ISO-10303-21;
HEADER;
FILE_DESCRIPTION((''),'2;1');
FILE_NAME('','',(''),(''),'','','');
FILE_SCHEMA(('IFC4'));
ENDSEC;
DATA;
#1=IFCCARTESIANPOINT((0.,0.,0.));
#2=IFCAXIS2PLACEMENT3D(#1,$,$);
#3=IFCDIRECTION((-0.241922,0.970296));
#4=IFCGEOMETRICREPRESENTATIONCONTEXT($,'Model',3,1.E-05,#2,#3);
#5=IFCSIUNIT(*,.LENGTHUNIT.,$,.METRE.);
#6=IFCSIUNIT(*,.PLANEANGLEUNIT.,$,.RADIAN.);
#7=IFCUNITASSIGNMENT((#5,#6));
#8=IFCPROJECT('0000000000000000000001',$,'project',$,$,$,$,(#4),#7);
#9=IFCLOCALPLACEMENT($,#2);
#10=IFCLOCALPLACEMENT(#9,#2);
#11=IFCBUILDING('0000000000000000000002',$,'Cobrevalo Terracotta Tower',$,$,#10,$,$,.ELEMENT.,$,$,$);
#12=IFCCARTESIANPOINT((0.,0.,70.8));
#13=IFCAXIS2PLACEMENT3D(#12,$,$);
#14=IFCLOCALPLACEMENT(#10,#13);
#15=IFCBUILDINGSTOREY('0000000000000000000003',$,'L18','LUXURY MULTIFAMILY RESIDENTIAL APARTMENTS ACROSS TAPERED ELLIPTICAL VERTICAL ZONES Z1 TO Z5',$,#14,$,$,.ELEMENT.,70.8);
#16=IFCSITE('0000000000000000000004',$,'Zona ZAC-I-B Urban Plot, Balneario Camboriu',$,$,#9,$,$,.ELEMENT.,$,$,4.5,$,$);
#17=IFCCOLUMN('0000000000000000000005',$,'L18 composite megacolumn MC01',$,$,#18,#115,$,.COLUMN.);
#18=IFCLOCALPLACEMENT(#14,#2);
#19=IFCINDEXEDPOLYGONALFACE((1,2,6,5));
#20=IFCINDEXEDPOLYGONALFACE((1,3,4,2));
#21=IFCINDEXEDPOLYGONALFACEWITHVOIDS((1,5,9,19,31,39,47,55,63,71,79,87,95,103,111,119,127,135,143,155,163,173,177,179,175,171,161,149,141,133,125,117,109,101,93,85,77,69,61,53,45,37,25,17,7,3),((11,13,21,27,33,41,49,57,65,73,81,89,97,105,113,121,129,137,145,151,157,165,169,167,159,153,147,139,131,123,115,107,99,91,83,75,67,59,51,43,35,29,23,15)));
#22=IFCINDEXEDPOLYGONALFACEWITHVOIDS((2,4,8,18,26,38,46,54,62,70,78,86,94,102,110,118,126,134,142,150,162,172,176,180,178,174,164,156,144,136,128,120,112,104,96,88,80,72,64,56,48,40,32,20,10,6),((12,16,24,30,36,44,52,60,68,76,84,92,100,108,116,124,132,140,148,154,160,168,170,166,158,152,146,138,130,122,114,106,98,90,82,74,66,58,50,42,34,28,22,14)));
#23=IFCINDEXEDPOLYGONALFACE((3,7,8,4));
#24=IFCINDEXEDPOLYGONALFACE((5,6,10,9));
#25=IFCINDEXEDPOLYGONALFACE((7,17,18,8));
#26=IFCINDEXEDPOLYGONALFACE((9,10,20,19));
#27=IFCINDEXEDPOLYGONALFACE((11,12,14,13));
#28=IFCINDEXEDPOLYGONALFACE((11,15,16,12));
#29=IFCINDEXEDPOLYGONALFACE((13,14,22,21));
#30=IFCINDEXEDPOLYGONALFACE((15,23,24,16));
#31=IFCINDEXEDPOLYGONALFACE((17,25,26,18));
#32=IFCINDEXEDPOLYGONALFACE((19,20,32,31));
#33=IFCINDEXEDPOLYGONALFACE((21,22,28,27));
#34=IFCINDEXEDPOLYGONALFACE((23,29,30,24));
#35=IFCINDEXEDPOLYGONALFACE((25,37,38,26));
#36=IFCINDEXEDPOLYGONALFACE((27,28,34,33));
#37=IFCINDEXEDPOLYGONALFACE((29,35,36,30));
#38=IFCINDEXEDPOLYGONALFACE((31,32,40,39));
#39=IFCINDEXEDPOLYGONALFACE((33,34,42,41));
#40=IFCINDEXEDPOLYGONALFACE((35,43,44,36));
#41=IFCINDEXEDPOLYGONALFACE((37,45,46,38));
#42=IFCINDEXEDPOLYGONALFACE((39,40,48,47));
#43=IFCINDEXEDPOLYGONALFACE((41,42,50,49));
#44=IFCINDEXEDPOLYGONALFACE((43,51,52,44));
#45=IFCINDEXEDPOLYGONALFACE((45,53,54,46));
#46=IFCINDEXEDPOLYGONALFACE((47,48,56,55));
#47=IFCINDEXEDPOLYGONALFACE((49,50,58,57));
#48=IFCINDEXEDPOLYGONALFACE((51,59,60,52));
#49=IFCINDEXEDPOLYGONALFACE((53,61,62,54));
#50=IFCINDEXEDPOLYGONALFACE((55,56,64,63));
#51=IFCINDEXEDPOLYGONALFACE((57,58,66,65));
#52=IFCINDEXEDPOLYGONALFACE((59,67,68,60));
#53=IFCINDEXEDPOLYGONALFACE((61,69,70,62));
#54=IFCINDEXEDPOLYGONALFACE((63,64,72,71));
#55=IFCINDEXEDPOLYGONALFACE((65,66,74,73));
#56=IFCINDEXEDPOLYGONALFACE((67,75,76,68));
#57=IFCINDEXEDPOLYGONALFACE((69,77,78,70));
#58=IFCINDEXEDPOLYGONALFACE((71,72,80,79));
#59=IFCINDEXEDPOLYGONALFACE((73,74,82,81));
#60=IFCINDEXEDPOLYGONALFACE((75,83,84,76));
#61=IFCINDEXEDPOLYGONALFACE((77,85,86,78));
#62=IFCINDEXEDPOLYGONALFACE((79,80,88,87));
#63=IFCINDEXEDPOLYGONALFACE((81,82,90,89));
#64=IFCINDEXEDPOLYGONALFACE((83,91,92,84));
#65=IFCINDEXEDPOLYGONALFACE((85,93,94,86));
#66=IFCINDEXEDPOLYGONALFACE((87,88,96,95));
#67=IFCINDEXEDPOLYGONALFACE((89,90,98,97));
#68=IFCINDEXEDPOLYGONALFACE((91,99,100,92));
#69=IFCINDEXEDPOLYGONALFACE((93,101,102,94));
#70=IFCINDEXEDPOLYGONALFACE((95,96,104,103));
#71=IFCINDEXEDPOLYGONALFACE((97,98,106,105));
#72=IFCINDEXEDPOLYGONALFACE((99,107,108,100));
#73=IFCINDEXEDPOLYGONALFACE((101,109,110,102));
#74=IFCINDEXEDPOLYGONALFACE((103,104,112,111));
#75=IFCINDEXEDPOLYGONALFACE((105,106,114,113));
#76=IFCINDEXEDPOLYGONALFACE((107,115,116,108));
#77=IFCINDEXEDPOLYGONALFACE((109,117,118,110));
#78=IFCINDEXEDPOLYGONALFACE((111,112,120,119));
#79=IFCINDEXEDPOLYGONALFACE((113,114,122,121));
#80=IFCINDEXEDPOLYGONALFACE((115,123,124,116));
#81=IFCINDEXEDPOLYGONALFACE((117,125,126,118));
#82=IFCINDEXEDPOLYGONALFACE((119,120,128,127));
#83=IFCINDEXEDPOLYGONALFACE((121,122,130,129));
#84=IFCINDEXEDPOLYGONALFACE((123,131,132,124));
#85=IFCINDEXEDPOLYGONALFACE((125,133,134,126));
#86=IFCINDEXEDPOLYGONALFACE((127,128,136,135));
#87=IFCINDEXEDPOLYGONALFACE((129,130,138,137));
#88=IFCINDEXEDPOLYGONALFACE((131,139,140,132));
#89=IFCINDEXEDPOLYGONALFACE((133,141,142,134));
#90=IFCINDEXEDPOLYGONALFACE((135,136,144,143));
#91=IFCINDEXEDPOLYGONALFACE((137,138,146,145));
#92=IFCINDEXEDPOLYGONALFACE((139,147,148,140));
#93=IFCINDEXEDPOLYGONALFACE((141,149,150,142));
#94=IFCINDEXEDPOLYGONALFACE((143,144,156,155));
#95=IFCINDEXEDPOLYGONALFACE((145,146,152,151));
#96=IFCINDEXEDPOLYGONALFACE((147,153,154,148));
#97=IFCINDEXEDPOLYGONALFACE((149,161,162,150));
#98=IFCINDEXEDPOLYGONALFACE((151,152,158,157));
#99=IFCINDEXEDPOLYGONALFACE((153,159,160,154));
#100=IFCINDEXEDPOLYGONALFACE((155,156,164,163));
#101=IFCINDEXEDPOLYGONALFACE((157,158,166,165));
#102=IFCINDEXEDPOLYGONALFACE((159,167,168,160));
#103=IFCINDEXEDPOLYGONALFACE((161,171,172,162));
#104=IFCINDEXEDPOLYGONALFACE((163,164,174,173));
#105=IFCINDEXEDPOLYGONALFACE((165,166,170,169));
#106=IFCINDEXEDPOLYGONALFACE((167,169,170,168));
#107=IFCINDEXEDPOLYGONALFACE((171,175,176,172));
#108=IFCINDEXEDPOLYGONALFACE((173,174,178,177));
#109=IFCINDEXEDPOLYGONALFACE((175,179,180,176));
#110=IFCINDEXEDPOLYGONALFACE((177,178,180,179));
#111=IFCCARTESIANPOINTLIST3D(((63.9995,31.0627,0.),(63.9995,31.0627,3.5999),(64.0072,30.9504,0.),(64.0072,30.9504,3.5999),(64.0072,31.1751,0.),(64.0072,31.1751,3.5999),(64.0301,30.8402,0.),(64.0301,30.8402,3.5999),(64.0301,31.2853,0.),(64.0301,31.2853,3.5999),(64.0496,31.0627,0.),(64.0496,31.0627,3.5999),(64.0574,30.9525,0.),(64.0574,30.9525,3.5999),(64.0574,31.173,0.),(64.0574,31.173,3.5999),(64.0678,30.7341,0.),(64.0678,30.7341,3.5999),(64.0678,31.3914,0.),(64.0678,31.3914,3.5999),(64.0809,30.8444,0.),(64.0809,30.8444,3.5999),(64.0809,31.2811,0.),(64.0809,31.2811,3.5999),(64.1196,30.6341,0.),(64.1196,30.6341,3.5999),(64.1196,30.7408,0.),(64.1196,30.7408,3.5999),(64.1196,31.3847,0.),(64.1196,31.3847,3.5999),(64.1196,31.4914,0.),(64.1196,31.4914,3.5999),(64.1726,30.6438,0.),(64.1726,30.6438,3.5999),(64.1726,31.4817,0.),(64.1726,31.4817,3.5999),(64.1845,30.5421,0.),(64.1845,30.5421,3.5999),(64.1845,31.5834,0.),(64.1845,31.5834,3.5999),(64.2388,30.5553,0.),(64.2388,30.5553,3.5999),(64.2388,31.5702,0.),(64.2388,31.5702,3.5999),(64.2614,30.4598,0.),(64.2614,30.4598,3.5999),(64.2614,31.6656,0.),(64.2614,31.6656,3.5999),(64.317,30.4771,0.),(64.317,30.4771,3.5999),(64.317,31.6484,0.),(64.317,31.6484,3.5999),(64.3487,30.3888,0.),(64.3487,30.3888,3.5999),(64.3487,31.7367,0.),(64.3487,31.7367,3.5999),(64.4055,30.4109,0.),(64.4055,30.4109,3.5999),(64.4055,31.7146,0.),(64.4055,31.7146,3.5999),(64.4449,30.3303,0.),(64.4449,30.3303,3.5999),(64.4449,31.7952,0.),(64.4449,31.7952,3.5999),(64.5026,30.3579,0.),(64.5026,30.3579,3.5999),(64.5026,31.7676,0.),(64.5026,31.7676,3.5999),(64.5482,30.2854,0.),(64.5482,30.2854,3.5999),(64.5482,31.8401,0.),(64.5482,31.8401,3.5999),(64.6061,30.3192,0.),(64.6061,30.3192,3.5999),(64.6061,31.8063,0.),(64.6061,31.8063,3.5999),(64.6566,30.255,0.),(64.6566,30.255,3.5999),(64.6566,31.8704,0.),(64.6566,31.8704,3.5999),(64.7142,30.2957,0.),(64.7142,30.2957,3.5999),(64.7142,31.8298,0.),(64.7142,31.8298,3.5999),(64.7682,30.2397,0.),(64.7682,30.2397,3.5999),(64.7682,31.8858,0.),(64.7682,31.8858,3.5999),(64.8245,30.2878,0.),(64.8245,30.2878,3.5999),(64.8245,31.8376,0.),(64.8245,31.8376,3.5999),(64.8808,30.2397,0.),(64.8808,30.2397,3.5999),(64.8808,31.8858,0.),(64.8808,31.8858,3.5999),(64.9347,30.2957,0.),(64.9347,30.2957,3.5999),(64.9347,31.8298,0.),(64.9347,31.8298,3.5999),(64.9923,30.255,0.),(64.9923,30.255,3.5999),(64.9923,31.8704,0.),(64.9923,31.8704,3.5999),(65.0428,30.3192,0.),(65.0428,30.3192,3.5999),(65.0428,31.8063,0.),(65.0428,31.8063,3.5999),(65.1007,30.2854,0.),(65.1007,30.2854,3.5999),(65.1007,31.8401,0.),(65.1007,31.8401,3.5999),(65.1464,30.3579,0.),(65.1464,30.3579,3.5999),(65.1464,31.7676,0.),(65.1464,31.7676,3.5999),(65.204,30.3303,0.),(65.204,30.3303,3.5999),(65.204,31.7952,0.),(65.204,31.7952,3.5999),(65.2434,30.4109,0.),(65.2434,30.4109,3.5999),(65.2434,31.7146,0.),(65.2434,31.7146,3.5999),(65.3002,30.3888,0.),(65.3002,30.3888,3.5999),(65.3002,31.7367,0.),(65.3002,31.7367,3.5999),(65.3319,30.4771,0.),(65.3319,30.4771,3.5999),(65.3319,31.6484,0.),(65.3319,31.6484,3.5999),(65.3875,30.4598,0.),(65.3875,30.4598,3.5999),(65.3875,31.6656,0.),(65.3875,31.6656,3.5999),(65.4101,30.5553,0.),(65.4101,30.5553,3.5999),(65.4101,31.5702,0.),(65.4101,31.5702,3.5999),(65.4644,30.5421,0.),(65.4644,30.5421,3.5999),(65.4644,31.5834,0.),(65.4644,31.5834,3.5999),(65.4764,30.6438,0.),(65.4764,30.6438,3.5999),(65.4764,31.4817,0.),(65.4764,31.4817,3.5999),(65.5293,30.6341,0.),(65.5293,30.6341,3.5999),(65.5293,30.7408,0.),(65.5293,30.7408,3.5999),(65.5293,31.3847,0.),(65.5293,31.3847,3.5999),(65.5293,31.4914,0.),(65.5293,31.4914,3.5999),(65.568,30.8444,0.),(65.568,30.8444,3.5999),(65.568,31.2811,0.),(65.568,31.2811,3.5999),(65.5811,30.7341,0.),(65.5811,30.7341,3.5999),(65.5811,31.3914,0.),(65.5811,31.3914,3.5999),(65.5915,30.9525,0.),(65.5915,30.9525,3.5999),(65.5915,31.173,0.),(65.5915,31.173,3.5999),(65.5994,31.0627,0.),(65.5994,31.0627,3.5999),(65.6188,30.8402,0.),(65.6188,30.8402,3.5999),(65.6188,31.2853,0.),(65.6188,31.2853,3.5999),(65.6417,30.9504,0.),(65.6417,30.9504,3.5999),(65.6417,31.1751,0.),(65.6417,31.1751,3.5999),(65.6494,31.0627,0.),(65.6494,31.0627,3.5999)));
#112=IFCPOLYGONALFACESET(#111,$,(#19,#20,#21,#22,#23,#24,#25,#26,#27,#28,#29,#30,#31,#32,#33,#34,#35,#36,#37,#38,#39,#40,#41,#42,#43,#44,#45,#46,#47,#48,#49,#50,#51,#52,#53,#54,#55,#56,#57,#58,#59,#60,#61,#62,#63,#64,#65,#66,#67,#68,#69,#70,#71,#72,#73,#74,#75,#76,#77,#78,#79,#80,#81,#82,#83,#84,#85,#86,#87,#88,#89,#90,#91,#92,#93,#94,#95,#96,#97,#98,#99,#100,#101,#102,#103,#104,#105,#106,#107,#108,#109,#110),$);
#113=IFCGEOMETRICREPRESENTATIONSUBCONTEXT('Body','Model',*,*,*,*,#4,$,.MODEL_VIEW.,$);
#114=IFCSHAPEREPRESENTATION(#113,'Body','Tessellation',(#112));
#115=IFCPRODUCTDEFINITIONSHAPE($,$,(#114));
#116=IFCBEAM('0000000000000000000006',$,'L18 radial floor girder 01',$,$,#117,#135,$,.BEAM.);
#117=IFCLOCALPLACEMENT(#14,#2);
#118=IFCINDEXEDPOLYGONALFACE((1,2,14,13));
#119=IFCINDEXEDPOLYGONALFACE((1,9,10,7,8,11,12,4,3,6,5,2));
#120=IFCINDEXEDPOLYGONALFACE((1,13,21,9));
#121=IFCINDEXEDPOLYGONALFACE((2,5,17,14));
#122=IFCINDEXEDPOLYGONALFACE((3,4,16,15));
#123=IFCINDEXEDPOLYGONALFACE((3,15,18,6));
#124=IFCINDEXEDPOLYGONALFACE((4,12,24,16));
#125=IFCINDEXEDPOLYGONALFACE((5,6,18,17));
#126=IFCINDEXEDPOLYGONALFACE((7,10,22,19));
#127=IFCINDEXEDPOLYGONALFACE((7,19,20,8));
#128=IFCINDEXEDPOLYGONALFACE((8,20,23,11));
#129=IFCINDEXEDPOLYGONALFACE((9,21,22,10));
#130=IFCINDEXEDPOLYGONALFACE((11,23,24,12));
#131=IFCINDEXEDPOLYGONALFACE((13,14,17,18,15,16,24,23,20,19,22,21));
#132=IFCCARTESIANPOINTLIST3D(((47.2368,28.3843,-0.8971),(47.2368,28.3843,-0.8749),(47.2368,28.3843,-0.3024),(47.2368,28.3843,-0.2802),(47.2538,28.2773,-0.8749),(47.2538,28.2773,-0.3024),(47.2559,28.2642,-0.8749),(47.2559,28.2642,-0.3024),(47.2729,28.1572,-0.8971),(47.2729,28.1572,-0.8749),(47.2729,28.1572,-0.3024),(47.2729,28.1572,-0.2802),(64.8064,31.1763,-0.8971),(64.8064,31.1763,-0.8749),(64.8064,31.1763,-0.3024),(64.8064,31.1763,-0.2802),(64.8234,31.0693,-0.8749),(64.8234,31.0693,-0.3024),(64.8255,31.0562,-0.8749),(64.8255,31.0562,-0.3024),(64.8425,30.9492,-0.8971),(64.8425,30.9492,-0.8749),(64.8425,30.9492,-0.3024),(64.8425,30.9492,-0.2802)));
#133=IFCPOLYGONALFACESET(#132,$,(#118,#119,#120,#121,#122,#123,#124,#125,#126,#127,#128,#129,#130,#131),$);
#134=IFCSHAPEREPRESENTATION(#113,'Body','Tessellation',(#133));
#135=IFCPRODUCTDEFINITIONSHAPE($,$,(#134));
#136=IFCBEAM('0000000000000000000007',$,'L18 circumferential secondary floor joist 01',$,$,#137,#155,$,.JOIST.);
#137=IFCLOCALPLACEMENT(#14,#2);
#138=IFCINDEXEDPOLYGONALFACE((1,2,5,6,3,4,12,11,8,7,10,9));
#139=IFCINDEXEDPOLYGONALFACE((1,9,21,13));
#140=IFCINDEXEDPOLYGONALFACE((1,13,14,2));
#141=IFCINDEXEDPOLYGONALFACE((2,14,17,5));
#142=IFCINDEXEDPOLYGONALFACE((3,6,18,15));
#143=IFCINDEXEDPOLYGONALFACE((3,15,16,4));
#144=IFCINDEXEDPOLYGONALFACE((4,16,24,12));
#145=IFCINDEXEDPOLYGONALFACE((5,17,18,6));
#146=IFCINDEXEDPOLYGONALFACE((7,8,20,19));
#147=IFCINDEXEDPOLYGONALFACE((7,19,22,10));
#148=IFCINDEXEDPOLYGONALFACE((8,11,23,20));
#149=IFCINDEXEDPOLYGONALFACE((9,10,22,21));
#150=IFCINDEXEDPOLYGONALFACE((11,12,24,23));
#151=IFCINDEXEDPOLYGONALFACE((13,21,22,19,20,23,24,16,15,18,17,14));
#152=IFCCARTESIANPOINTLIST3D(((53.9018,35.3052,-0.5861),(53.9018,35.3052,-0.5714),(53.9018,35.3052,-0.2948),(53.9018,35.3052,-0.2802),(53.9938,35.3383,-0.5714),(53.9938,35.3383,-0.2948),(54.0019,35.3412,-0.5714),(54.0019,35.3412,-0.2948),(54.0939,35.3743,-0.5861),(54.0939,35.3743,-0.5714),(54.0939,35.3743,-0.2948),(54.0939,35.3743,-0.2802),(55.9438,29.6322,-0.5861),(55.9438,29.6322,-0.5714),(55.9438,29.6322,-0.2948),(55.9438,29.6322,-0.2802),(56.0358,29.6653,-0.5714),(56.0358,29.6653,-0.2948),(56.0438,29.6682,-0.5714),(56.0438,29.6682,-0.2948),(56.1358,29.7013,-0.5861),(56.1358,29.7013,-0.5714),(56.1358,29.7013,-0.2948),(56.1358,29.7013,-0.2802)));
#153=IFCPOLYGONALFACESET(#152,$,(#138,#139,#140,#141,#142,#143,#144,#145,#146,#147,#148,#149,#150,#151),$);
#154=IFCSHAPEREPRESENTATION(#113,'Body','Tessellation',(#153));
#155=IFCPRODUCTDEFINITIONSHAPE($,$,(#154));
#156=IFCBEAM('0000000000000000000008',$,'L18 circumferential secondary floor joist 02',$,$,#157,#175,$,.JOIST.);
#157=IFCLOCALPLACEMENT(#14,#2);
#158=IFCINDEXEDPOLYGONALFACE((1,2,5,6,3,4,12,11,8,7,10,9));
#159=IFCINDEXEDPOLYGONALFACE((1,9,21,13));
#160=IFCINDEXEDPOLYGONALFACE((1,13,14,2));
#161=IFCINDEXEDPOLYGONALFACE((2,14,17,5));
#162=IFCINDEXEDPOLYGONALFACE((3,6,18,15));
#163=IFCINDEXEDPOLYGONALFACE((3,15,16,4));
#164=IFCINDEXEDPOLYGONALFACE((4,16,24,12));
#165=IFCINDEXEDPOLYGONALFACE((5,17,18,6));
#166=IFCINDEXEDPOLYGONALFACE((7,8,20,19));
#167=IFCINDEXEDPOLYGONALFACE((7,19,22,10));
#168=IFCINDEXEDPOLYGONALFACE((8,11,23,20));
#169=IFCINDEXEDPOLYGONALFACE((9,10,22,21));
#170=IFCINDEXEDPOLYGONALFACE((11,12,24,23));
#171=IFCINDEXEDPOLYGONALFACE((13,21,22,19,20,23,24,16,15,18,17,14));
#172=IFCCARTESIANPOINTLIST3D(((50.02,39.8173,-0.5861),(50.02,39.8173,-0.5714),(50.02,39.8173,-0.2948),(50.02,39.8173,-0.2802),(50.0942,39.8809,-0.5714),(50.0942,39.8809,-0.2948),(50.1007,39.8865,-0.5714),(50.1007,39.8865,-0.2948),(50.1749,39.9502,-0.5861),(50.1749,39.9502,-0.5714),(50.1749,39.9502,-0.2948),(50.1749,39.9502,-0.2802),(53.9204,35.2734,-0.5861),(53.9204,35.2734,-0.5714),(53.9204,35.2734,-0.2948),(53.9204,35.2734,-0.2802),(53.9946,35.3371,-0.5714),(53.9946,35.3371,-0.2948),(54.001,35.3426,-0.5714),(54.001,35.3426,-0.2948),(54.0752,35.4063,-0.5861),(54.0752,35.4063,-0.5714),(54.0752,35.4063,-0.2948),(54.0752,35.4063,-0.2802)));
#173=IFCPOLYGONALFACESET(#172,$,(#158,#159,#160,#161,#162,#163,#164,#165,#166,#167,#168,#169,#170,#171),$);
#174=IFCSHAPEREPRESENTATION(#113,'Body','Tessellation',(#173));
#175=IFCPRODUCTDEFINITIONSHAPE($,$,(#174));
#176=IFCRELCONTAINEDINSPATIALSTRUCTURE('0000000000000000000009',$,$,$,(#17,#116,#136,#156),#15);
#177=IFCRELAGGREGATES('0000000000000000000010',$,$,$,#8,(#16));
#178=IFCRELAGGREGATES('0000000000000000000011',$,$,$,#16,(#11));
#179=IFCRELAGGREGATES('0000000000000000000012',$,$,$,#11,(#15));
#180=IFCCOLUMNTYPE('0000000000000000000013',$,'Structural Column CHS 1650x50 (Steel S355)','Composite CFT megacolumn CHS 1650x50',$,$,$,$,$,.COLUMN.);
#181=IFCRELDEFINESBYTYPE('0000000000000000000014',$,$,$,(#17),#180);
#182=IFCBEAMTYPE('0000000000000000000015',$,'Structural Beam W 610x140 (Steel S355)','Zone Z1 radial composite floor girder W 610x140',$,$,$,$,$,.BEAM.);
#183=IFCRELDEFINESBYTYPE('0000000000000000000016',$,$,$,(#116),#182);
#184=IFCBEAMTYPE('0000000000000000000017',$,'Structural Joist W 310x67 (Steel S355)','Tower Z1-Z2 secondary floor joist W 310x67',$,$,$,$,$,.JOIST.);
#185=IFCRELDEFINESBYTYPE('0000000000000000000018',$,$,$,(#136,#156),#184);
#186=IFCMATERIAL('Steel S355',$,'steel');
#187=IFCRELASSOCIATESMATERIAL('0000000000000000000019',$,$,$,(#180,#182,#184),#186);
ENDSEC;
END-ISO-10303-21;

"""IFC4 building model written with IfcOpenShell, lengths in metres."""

from ifc_helpers import new_model, si_unit, direction, frame, origin, origin_2d, place, context, subcontext, project, spatial, hollow_circle, i_section, extrude, material, material_profile, profile_set, type_object, element, save


model = new_model("IFC4")

# Units and contexts
model_context = context("Model", 3, precision=1e-05, world=origin(), true_north=direction((-0.241922, 0.970296)))
body_context = subcontext(model_context, "Body", "Model", "MODEL_VIEW")
ifc_project = project(units=[si_unit("LENGTHUNIT", "METRE"), si_unit("PLANEANGLEUNIT", "RADIAN")], contexts=[model_context])

# Site, building, storey
site_placement = place(None, origin())
site = spatial("IfcSite", under=ifc_project, at=site_placement, Name="Zona ZAC-I-B Urban Plot, Balneario Camboriu", CompositionType="ELEMENT", RefElevation=4.5)
building_placement = place(site_placement, origin())
building = spatial("IfcBuilding", under=site, at=building_placement, Name="Cobrevalo Terracotta Tower", CompositionType="ELEMENT")
storey_placement = place(building_placement, frame((0.0, 0.0, 70.8)))
storey = spatial("IfcBuildingStorey", under=building, at=storey_placement, Name="L18", Description="LUXURY MULTIFAMILY RESIDENTIAL APARTMENTS ACROSS TAPERED ELLIPTICAL VERTICAL ZONES Z1 TO Z5", CompositionType="ELEMENT", Elevation=70.8)

# Column
ifc_material_1 = material(Name="Steel S355", Category="steel")
ifc_material_profile_1 = material_profile(ifc_material_1, hollow_circle(Radius=0.825, WallThickness=0.05, at=origin_2d()), Name="CHS 1650x50")
ifc_profile_set_1 = profile_set([ifc_material_profile_1], Name="Steel S355")
column_type = type_object("IfcColumnType", Name="Structural Column CHS 1650x50 (Steel S355)", Description="Composite CFT megacolumn CHS 1650x50", PredefinedType="COLUMN", material=ifc_profile_set_1)
column_placement = place(storey_placement, frame((64.8245, 31.0627, 0.0), z_axis=(0.0, 0.0, 1.0), x_axis=(1.0, 0.0, 0.0)))
element("IfcColumn", 1, at=column_placement, inside=storey, type_object=column_type, Name="L18 composite megacolumn MC01", PredefinedType="COLUMN", context=body_context, shape_type="SweptSolid", body=[
    extrude(hollow_circle(Radius=0.825, WallThickness=0.05, at=origin_2d()), origin(), (0.0, 0.0, 1.0), 3.5999),
])

# Beams
ifc_material_profile_2 = material_profile(ifc_material_1, i_section(OverallWidth=0.23, OverallDepth=0.6169, WebThickness=0.0132, FlangeThickness=0.0222, at=origin_2d()), Name="W 610x140")
ifc_profile_set_2 = profile_set([ifc_material_profile_2], Name="Steel S355")
beam_type_1 = type_object("IfcBeamType", Name="Structural Beam W 610x140 (Steel S355)", Description="Zone Z1 radial composite floor girder W 610x140", PredefinedType="BEAM", material=ifc_profile_set_2)
beam_1_placement = place(storey_placement, frame((64.8245, 31.0627, -0.5886), z_axis=(-0.987608, -0.156941, 0.0), x_axis=(0.156941, -0.987608, 0.0)))
element("IfcBeam", 2, at=beam_1_placement, inside=storey, type_object=beam_type_1, Name="L18 radial floor girder 01", PredefinedType="BEAM", context=body_context, shape_type="SweptSolid", body=[
    extrude(i_section(OverallWidth=0.23, OverallDepth=0.6169, WebThickness=0.0132, FlangeThickness=0.0222, at=origin_2d()), origin(), (0.0, 0.0, 1.0), 17.79),
])
ifc_material_profile_3 = material_profile(ifc_material_1, i_section(OverallWidth=0.2041, OverallDepth=0.3059, WebThickness=0.0085, FlangeThickness=0.0146, at=origin_2d()), Name="W 310x67")
ifc_profile_set_3 = profile_set([ifc_material_profile_3], Name="Steel S355")
beam_type_2 = type_object("IfcBeamType", Name="Structural Joist W 310x67 (Steel S355)", Description="Tower Z1-Z2 secondary floor joist W 310x67", PredefinedType="JOIST", material=ifc_profile_set_3)
beam_2_placement = place(storey_placement, frame((56.0398, 29.6667, -0.4331), z_axis=(-0.338672, 0.940904, 0.0), x_axis=(-0.940904, -0.338672, 0.0)))
element("IfcBeam", 3, at=beam_2_placement, inside=storey, type_object=beam_type_2, Name="L18 circumferential secondary floor joist 01", PredefinedType="JOIST", context=body_context, shape_type="SweptSolid", body=[
    extrude(i_section(OverallWidth=0.2041, OverallDepth=0.3059, WebThickness=0.0085, FlangeThickness=0.0146, at=origin_2d()), origin(), (0.0, 0.0, 1.0), 6.0293),
])
beam_3_placement = place(storey_placement, frame((53.9978, 35.3398, -0.4331), z_axis=(-0.651328, 0.758796, 0.0), x_axis=(-0.758796, -0.651328, 0.0)))
element("IfcBeam", 4, at=beam_3_placement, inside=storey, type_object=beam_type_2, Name="L18 circumferential secondary floor joist 02", PredefinedType="JOIST", context=body_context, shape_type="SweptSolid", body=[
    extrude(i_section(OverallWidth=0.2041, OverallDepth=0.3059, WebThickness=0.0085, FlangeThickness=0.0146, at=origin_2d()), origin(), (0.0, 0.0, 1.0), 5.9883),
])

save(model, "model.ifc")
